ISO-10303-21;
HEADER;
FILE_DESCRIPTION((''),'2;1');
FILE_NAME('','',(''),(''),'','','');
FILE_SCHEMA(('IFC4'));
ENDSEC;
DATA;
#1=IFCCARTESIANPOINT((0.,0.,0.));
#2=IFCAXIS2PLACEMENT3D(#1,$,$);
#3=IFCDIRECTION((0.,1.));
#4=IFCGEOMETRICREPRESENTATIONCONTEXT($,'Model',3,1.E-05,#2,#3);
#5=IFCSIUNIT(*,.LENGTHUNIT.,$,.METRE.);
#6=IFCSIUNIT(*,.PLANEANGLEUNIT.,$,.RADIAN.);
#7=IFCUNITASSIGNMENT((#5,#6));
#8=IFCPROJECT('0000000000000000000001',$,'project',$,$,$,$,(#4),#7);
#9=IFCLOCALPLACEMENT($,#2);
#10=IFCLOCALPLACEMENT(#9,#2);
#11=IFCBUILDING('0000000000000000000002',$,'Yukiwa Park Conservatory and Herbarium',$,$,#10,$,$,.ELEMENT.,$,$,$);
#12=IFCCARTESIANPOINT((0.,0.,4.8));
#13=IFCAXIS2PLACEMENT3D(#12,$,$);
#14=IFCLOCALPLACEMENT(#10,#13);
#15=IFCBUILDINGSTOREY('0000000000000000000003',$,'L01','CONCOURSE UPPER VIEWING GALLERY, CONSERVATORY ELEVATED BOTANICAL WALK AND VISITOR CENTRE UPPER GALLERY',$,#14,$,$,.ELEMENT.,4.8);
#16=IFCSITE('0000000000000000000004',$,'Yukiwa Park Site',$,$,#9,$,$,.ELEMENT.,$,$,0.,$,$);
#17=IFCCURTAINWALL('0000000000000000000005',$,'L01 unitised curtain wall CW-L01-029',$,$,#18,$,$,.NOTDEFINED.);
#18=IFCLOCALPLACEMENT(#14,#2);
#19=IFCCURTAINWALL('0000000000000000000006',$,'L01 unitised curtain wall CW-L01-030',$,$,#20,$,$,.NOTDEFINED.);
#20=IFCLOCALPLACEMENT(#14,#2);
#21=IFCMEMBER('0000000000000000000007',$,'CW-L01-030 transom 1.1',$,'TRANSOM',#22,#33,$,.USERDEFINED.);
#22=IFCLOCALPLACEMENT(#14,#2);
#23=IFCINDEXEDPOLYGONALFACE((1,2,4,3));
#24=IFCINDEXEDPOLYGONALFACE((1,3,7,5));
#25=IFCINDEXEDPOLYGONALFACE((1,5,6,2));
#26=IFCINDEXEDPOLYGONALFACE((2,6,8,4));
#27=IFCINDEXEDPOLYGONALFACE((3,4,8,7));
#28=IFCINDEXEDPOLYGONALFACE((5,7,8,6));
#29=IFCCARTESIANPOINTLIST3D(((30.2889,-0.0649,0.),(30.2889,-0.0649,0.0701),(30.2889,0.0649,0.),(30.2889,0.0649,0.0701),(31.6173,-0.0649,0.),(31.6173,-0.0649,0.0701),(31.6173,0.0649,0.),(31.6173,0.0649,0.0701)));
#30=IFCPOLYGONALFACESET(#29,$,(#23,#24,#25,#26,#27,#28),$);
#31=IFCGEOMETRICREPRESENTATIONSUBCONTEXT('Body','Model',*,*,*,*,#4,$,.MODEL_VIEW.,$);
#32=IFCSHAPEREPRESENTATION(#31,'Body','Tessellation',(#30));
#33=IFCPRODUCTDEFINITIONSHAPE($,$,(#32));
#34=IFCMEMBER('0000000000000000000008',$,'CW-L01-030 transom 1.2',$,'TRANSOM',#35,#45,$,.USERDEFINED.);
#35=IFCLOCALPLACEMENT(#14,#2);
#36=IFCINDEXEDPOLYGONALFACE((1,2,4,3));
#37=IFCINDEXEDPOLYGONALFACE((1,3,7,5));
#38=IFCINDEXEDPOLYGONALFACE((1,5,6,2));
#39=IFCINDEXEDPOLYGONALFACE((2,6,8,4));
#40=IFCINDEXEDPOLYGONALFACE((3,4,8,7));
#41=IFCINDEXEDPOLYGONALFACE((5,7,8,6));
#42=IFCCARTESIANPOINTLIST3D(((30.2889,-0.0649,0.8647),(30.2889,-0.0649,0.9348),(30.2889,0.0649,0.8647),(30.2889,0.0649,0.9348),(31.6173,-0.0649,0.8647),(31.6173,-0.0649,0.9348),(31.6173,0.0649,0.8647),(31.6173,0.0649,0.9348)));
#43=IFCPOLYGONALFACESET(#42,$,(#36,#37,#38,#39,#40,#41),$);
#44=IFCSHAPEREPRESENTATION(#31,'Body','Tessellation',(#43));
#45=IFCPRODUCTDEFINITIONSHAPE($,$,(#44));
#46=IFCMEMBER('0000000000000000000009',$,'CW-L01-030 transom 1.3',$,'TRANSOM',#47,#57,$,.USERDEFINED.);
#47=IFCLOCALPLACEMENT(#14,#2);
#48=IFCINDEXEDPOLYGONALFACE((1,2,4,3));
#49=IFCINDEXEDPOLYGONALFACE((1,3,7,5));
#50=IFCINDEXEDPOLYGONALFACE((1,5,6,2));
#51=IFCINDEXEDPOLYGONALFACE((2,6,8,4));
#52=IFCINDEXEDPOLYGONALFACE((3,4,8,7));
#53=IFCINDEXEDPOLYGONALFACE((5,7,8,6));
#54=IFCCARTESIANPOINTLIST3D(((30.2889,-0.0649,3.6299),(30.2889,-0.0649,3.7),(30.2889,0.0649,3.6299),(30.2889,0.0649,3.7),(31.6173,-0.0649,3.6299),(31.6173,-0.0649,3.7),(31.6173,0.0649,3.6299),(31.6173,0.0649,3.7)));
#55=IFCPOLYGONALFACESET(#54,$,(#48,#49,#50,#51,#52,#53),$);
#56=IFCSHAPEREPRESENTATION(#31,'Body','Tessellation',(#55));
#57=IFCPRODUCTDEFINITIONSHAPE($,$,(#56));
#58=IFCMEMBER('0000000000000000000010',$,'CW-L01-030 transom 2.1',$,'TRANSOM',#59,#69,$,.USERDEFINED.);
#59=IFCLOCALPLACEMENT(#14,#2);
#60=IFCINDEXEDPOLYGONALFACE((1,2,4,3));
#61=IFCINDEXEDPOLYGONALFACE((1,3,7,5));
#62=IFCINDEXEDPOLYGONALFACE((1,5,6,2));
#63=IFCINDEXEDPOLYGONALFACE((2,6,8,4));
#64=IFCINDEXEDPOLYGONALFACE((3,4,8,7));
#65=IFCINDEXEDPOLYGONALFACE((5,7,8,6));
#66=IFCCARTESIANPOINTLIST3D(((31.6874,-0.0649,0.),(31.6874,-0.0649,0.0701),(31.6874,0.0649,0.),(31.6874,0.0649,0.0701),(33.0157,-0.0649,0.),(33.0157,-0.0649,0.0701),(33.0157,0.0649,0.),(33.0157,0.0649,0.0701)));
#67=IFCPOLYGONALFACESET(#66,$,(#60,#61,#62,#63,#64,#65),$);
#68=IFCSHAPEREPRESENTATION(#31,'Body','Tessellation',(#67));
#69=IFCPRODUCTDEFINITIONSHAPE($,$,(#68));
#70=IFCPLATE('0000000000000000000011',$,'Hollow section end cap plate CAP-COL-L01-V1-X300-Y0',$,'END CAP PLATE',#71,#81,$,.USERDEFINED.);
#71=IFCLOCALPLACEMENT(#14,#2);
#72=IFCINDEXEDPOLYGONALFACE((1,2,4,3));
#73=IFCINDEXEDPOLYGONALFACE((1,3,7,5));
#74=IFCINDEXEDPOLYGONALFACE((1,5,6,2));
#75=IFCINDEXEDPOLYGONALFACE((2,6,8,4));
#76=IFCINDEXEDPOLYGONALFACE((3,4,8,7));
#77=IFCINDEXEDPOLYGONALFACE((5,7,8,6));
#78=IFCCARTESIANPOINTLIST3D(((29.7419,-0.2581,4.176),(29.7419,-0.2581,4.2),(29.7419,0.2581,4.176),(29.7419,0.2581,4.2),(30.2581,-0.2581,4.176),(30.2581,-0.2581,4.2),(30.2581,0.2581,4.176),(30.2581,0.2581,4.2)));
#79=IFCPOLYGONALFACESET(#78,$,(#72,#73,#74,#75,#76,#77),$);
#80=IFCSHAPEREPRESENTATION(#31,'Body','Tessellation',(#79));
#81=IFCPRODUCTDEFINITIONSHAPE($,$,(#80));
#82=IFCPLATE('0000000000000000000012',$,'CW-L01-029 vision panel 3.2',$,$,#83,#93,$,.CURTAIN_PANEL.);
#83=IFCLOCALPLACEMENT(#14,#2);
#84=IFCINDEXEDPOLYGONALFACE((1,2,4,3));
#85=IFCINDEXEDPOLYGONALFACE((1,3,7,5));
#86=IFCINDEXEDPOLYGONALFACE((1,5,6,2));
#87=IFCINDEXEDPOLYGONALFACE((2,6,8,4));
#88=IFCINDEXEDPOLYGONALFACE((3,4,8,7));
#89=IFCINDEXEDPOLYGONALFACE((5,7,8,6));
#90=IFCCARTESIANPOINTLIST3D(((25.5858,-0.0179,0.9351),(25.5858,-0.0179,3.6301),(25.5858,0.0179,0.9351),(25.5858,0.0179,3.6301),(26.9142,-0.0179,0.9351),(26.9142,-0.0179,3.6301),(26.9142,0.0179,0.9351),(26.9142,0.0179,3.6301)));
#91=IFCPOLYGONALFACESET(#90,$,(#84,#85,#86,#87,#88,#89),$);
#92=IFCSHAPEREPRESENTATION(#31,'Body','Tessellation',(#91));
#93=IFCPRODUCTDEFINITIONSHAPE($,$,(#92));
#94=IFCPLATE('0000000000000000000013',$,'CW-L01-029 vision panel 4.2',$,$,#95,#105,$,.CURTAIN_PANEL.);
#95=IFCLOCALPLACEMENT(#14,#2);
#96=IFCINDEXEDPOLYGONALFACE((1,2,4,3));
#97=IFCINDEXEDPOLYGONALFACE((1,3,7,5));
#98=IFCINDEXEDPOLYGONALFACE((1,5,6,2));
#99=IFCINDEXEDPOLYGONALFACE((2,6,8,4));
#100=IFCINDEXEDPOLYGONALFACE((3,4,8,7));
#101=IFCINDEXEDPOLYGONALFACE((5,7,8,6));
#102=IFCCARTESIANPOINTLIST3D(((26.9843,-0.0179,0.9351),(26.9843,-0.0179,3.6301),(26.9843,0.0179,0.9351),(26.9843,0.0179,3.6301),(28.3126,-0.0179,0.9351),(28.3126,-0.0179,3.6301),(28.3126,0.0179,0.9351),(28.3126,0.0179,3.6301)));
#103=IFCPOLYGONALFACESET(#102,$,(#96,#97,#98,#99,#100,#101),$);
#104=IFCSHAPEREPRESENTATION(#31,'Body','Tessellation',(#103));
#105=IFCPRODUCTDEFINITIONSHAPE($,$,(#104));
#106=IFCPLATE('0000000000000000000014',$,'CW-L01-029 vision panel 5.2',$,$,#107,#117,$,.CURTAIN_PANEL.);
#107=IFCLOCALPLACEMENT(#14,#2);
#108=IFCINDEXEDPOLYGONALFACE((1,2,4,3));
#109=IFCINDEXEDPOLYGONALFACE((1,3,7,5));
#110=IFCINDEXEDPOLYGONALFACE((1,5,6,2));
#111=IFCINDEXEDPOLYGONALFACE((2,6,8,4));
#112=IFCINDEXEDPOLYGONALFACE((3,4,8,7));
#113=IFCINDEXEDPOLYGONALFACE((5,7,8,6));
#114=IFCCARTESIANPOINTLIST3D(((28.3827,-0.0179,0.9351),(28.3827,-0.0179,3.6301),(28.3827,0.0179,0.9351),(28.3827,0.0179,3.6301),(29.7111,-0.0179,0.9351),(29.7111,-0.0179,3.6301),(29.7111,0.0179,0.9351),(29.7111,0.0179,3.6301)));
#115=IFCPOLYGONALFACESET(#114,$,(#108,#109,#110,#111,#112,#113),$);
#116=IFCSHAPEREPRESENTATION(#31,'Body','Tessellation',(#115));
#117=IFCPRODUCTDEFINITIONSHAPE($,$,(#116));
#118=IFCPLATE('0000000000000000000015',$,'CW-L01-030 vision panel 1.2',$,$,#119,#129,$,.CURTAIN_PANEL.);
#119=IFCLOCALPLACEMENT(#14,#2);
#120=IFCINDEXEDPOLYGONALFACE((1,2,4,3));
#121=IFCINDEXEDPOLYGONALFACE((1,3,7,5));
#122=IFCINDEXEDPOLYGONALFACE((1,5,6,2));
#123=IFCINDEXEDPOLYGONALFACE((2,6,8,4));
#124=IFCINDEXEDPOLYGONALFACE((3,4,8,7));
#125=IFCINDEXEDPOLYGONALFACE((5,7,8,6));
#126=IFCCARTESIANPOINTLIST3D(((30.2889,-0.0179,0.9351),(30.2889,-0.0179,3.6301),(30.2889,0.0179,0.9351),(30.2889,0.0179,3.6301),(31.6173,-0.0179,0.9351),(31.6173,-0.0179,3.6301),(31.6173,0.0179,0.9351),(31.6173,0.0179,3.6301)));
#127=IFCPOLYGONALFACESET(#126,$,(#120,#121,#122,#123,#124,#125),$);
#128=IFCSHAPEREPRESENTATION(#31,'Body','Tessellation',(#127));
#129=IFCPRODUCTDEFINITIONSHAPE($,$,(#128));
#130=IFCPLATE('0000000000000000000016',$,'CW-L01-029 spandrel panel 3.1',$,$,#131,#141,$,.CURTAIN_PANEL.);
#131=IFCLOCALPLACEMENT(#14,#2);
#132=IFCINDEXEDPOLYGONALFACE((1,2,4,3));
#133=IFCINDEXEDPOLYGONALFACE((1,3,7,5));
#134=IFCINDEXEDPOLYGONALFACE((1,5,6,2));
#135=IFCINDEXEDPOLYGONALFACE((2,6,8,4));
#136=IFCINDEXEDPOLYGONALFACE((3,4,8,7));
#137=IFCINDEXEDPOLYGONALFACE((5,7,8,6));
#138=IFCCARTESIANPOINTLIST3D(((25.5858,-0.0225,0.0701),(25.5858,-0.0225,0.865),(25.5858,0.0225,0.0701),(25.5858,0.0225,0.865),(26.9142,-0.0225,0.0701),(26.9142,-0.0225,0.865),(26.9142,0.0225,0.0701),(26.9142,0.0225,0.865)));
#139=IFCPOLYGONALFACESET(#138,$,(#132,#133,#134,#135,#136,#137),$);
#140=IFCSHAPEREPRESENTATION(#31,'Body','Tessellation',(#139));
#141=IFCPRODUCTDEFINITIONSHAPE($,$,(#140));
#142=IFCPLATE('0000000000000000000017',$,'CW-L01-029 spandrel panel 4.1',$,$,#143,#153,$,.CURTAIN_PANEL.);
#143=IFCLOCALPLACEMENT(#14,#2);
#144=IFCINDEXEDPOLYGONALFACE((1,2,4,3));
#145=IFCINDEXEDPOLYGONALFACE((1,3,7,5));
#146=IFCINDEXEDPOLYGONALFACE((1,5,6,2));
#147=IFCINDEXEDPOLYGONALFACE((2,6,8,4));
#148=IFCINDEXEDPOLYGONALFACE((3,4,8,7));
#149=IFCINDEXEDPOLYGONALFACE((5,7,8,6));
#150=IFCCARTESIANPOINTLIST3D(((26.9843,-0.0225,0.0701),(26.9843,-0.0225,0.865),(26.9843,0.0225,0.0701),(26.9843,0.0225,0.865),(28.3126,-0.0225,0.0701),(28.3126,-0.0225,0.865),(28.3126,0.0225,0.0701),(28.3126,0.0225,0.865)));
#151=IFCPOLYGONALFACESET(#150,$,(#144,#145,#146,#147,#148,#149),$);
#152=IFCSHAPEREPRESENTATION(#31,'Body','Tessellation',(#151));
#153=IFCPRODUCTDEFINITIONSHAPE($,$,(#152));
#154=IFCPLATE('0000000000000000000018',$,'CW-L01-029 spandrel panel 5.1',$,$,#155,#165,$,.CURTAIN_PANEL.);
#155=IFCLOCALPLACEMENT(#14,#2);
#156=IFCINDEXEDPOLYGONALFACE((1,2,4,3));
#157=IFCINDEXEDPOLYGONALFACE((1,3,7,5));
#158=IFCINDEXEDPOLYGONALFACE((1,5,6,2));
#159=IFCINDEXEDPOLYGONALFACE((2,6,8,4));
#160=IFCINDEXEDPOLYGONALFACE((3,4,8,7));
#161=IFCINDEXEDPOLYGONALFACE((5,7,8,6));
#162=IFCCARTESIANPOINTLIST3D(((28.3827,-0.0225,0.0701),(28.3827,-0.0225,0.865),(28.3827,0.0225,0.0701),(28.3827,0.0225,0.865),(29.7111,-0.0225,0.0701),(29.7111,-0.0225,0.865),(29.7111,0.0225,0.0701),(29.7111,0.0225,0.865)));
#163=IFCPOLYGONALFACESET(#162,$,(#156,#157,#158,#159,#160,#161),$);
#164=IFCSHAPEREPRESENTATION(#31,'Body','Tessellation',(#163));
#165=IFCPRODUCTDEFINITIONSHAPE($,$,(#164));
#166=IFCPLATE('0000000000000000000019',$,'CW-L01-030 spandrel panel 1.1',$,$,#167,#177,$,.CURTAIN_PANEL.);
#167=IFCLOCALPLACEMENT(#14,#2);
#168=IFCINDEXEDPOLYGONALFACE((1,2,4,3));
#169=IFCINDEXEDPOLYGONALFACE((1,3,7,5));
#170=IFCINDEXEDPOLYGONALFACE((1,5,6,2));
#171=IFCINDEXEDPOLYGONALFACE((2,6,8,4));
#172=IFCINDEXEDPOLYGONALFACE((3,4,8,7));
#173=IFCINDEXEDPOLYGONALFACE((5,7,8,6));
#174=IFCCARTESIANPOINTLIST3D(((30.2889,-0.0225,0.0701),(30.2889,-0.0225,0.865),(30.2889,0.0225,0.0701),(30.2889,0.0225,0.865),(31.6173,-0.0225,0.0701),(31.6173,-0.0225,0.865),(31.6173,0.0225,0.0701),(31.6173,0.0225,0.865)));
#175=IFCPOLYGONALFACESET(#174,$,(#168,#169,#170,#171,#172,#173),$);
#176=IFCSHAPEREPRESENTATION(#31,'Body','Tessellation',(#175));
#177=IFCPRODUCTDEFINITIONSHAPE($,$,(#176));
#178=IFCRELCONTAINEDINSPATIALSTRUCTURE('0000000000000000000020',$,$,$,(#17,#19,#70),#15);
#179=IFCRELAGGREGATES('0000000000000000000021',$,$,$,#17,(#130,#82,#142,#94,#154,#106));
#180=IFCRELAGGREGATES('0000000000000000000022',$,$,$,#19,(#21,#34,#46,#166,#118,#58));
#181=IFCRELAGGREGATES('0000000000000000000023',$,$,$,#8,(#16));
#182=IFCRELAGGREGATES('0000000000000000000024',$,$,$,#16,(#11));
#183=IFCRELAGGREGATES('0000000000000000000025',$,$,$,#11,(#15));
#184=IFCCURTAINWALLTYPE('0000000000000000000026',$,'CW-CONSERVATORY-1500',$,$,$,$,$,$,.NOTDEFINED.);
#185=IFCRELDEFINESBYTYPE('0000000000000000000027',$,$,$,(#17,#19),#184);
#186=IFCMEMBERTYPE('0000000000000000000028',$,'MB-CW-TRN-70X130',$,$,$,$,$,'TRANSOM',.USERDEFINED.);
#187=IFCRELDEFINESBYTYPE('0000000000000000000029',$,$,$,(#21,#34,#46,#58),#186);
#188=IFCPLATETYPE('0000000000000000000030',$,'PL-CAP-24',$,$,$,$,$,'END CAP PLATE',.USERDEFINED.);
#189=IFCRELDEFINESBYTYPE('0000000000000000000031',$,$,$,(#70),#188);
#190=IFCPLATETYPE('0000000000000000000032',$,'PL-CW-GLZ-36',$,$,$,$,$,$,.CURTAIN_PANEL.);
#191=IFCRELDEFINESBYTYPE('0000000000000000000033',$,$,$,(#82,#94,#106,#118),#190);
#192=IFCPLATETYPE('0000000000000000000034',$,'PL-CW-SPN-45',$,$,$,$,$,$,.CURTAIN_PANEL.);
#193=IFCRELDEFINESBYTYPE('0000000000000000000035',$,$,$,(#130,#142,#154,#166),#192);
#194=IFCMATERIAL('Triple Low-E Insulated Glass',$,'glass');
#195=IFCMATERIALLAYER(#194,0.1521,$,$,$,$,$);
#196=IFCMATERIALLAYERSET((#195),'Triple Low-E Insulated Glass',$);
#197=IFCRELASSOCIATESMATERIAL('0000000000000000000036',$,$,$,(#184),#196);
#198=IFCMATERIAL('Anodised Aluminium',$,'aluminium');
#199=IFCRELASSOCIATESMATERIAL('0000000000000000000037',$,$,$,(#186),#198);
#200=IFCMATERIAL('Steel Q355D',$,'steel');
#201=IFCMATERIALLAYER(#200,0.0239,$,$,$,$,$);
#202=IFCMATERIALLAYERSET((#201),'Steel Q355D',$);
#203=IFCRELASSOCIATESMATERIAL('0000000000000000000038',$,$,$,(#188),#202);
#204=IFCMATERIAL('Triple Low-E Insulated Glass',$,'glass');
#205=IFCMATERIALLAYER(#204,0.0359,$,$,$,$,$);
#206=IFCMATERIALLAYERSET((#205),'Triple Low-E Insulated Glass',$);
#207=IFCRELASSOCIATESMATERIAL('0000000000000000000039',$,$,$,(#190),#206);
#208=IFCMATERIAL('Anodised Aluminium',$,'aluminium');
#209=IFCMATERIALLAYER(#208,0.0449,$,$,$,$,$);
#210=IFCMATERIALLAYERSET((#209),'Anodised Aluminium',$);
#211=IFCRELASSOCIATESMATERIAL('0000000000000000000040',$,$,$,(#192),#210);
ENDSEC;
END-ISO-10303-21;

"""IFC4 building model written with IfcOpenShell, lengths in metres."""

from ifc_helpers import new_model, si_unit, direction, frame, origin, origin_2d, place, context, subcontext, project, spatial, rectangle, extrude, material, layer, layer_set, type_object, element, aggregate, save


model = new_model("IFC4")

# Units and contexts
model_context = context("Model", 3, precision=1e-05, world=origin(), true_north=direction((0.0, 1.0)))
body_context = subcontext(model_context, "Body", "Model", "MODEL_VIEW")
ifc_project = project(units=[si_unit("LENGTHUNIT", "METRE"), si_unit("PLANEANGLEUNIT", "RADIAN")], contexts=[model_context])

# Site, building, storey
site_placement = place(None, origin())
site = spatial("IfcSite", under=ifc_project, at=site_placement, Name="Yukiwa Park Site", CompositionType="ELEMENT", RefElevation=0.0)
building_placement = place(site_placement, origin())
building = spatial("IfcBuilding", under=site, at=building_placement, Name="Yukiwa Park Conservatory and Herbarium", CompositionType="ELEMENT")
storey_placement = place(building_placement, frame((0.0, 0.0, 4.8)))
storey = spatial("IfcBuildingStorey", under=building, at=storey_placement, Name="L01", Description="CONCOURSE UPPER VIEWING GALLERY, CONSERVATORY ELEVATED BOTANICAL WALK AND VISITOR CENTRE UPPER GALLERY", CompositionType="ELEMENT", Elevation=4.8)

# Curtain walls
ifc_material_1 = material(Name="Triple Low-E Insulated Glass", Category="glass")
ifc_layer_1 = layer(ifc_material_1, 0.1521)
ifc_layer_set_1 = layer_set([ifc_layer_1], Name="Triple Low-E Insulated Glass")
curtain_wall_type = type_object("IfcCurtainWallType", Name="CW-CONSERVATORY-1500", PredefinedType="NOTDEFINED", material=ifc_layer_set_1)
curtain_wall_1_placement = place(storey_placement, origin())
curtain_wall_1 = element("IfcCurtainWall", 1, at=curtain_wall_1_placement, inside=storey, type_object=curtain_wall_type, Name="L01 unitised curtain wall CW-L01-029", PredefinedType="NOTDEFINED")
curtain_wall_2_placement = place(storey_placement, origin())
curtain_wall_2 = element("IfcCurtainWall", 2, at=curtain_wall_2_placement, inside=storey, type_object=curtain_wall_type, Name="L01 unitised curtain wall CW-L01-030", PredefinedType="NOTDEFINED")

# Members
ifc_material_2 = material(Name="Anodised Aluminium", Category="aluminium")
member_type_1 = type_object("IfcMemberType", Name="MB-CW-TRN-70X130", ElementType="TRANSOM", PredefinedType="USERDEFINED", material=ifc_material_2)
member_1_placement = place(storey_placement, frame((30.9531, 0.0, 0.0), z_axis=(0.0, 0.0, 1.0), x_axis=(1.0, 0.0, 0.0)))
member_1 = element("IfcMember", 3, at=member_1_placement, type_object=member_type_1, Name="CW-L01-030 transom 1.1", ObjectType="TRANSOM", PredefinedType="USERDEFINED", context=body_context, shape_type="SweptSolid", body=[
    extrude(rectangle(XDim=1.3284, YDim=0.1299, at=origin_2d()), origin(), (0.0, 0.0, 1.0), 0.0701),
])
member_2_placement = place(storey_placement, frame((30.9531, 0.0, 0.8647), z_axis=(0.0, 0.0, 1.0), x_axis=(1.0, 0.0, 0.0)))
member_2 = element("IfcMember", 4, at=member_2_placement, type_object=member_type_1, Name="CW-L01-030 transom 1.2", ObjectType="TRANSOM", PredefinedType="USERDEFINED", context=body_context, shape_type="SweptSolid", body=[
    extrude(rectangle(XDim=1.3284, YDim=0.1299, at=origin_2d()), origin(), (0.0, 0.0, 1.0), 0.0701),
])
member_3_placement = place(storey_placement, frame((30.9531, 0.0, 3.6299), z_axis=(0.0, 0.0, 1.0), x_axis=(1.0, 0.0, 0.0)))
member_3 = element("IfcMember", 5, at=member_3_placement, type_object=member_type_1, Name="CW-L01-030 transom 1.3", ObjectType="TRANSOM", PredefinedType="USERDEFINED", context=body_context, shape_type="SweptSolid", body=[
    extrude(rectangle(XDim=1.3284, YDim=0.1299, at=origin_2d()), origin(), (0.0, 0.0, 1.0), 0.0701),
])
member_4_placement = place(storey_placement, frame((32.3516, 0.0, 0.0), z_axis=(0.0, 0.0, 1.0), x_axis=(1.0, 0.0, 0.0)))
member_4 = element("IfcMember", 6, at=member_4_placement, type_object=member_type_1, Name="CW-L01-030 transom 2.1", ObjectType="TRANSOM", PredefinedType="USERDEFINED", context=body_context, shape_type="SweptSolid", body=[
    extrude(rectangle(XDim=1.3284, YDim=0.1299, at=origin_2d()), origin(), (0.0, 0.0, 1.0), 0.0701),
])

# Plates
ifc_material_3 = material(Name="Steel Q355D", Category="steel")
ifc_layer_2 = layer(ifc_material_3, 0.0239)
ifc_layer_set_2 = layer_set([ifc_layer_2], Name="Steel Q355D")
plate_type_1 = type_object("IfcPlateType", Name="PL-CAP-24", ElementType="END CAP PLATE", PredefinedType="USERDEFINED", material=ifc_layer_set_2)
plate_1_placement = place(storey_placement, frame((30.0, 0.0, 4.176), z_axis=(0.0, 0.0, 1.0), x_axis=(1.0, 0.0, 0.0)))
element("IfcPlate", 7, at=plate_1_placement, inside=storey, type_object=plate_type_1, Name="Hollow section end cap plate CAP-COL-L01-V1-X300-Y0", ObjectType="END CAP PLATE", PredefinedType="USERDEFINED", context=body_context, shape_type="SweptSolid", body=[
    extrude(rectangle(XDim=0.5161, YDim=0.5161, at=origin_2d()), origin(), (0.0, 0.0, 1.0), 0.0239),
])
ifc_material_4 = material(Name="Triple Low-E Insulated Glass", Category="glass")
ifc_layer_3 = layer(ifc_material_4, 0.0359)
ifc_layer_set_3 = layer_set([ifc_layer_3], Name="Triple Low-E Insulated Glass")
plate_type_2 = type_object("IfcPlateType", Name="PL-CW-GLZ-36", PredefinedType="CURTAIN_PANEL", material=ifc_layer_set_3)
plate_2_placement = place(storey_placement, frame((26.25, 0.0, 0.9351), z_axis=(0.0, 0.0, 1.0), x_axis=(1.0, 0.0, 0.0)))
plate_2 = element("IfcPlate", 8, at=plate_2_placement, type_object=plate_type_2, Name="CW-L01-029 vision panel 3.2", PredefinedType="CURTAIN_PANEL", context=body_context, shape_type="SweptSolid", body=[
    extrude(rectangle(XDim=1.3284, YDim=0.0359, at=origin_2d()), origin(), (0.0, 0.0, 1.0), 2.6951),
])
plate_3_placement = place(storey_placement, frame((27.6484, 0.0, 0.9351), z_axis=(0.0, 0.0, 1.0), x_axis=(1.0, 0.0, 0.0)))
plate_3 = element("IfcPlate", 9, at=plate_3_placement, type_object=plate_type_2, Name="CW-L01-029 vision panel 4.2", PredefinedType="CURTAIN_PANEL", context=body_context, shape_type="SweptSolid", body=[
    extrude(rectangle(XDim=1.3284, YDim=0.0359, at=origin_2d()), origin(), (0.0, 0.0, 1.0), 2.6951),
])
plate_4_placement = place(storey_placement, frame((29.0469, 0.0, 0.9351), z_axis=(0.0, 0.0, 1.0), x_axis=(1.0, 0.0, 0.0)))
plate_4 = element("IfcPlate", 10, at=plate_4_placement, type_object=plate_type_2, Name="CW-L01-029 vision panel 5.2", PredefinedType="CURTAIN_PANEL", context=body_context, shape_type="SweptSolid", body=[
    extrude(rectangle(XDim=1.3284, YDim=0.0359, at=origin_2d()), origin(), (0.0, 0.0, 1.0), 2.6951),
])
plate_5_placement = place(storey_placement, frame((30.9531, 0.0, 0.9351), z_axis=(0.0, 0.0, 1.0), x_axis=(1.0, 0.0, 0.0)))
plate_5 = element("IfcPlate", 11, at=plate_5_placement, type_object=plate_type_2, Name="CW-L01-030 vision panel 1.2", PredefinedType="CURTAIN_PANEL", context=body_context, shape_type="SweptSolid", body=[
    extrude(rectangle(XDim=1.3284, YDim=0.0359, at=origin_2d()), origin(), (0.0, 0.0, 1.0), 2.6951),
])
ifc_material_5 = material(Name="Anodised Aluminium", Category="aluminium")
ifc_layer_4 = layer(ifc_material_5, 0.0449)
ifc_layer_set_4 = layer_set([ifc_layer_4], Name="Anodised Aluminium")
plate_type_3 = type_object("IfcPlateType", Name="PL-CW-SPN-45", PredefinedType="CURTAIN_PANEL", material=ifc_layer_set_4)
plate_6_placement = place(storey_placement, frame((26.25, 0.0, 0.0701), z_axis=(0.0, 0.0, 1.0), x_axis=(1.0, 0.0, 0.0)))
plate_6 = element("IfcPlate", 12, at=plate_6_placement, type_object=plate_type_3, Name="CW-L01-029 spandrel panel 3.1", PredefinedType="CURTAIN_PANEL", context=body_context, shape_type="SweptSolid", body=[
    extrude(rectangle(XDim=1.3284, YDim=0.0449, at=origin_2d()), origin(), (0.0, 0.0, 1.0), 0.7949),
])
plate_7_placement = place(storey_placement, frame((27.6484, 0.0, 0.0701), z_axis=(0.0, 0.0, 1.0), x_axis=(1.0, 0.0, 0.0)))
plate_7 = element("IfcPlate", 13, at=plate_7_placement, type_object=plate_type_3, Name="CW-L01-029 spandrel panel 4.1", PredefinedType="CURTAIN_PANEL", context=body_context, shape_type="SweptSolid", body=[
    extrude(rectangle(XDim=1.3284, YDim=0.0449, at=origin_2d()), origin(), (0.0, 0.0, 1.0), 0.7949),
])
plate_8_placement = place(storey_placement, frame((29.0469, 0.0, 0.0701), z_axis=(0.0, 0.0, 1.0), x_axis=(1.0, 0.0, 0.0)))
plate_8 = element("IfcPlate", 14, at=plate_8_placement, type_object=plate_type_3, Name="CW-L01-029 spandrel panel 5.1", PredefinedType="CURTAIN_PANEL", context=body_context, shape_type="SweptSolid", body=[
    extrude(rectangle(XDim=1.3284, YDim=0.0449, at=origin_2d()), origin(), (0.0, 0.0, 1.0), 0.7949),
])
aggregate(curtain_wall_1, [plate_6, plate_2, plate_7, plate_3, plate_8, plate_4])
plate_9_placement = place(storey_placement, frame((30.9531, 0.0, 0.0701), z_axis=(0.0, 0.0, 1.0), x_axis=(1.0, 0.0, 0.0)))
plate_9 = element("IfcPlate", 15, at=plate_9_placement, type_object=plate_type_3, Name="CW-L01-030 spandrel panel 1.1", PredefinedType="CURTAIN_PANEL", context=body_context, shape_type="SweptSolid", body=[
    extrude(rectangle(XDim=1.3284, YDim=0.0449, at=origin_2d()), origin(), (0.0, 0.0, 1.0), 0.7949),
])
aggregate(curtain_wall_2, [member_1, member_2, member_3, plate_9, plate_5, member_4])

save(model, "model.ifc")
